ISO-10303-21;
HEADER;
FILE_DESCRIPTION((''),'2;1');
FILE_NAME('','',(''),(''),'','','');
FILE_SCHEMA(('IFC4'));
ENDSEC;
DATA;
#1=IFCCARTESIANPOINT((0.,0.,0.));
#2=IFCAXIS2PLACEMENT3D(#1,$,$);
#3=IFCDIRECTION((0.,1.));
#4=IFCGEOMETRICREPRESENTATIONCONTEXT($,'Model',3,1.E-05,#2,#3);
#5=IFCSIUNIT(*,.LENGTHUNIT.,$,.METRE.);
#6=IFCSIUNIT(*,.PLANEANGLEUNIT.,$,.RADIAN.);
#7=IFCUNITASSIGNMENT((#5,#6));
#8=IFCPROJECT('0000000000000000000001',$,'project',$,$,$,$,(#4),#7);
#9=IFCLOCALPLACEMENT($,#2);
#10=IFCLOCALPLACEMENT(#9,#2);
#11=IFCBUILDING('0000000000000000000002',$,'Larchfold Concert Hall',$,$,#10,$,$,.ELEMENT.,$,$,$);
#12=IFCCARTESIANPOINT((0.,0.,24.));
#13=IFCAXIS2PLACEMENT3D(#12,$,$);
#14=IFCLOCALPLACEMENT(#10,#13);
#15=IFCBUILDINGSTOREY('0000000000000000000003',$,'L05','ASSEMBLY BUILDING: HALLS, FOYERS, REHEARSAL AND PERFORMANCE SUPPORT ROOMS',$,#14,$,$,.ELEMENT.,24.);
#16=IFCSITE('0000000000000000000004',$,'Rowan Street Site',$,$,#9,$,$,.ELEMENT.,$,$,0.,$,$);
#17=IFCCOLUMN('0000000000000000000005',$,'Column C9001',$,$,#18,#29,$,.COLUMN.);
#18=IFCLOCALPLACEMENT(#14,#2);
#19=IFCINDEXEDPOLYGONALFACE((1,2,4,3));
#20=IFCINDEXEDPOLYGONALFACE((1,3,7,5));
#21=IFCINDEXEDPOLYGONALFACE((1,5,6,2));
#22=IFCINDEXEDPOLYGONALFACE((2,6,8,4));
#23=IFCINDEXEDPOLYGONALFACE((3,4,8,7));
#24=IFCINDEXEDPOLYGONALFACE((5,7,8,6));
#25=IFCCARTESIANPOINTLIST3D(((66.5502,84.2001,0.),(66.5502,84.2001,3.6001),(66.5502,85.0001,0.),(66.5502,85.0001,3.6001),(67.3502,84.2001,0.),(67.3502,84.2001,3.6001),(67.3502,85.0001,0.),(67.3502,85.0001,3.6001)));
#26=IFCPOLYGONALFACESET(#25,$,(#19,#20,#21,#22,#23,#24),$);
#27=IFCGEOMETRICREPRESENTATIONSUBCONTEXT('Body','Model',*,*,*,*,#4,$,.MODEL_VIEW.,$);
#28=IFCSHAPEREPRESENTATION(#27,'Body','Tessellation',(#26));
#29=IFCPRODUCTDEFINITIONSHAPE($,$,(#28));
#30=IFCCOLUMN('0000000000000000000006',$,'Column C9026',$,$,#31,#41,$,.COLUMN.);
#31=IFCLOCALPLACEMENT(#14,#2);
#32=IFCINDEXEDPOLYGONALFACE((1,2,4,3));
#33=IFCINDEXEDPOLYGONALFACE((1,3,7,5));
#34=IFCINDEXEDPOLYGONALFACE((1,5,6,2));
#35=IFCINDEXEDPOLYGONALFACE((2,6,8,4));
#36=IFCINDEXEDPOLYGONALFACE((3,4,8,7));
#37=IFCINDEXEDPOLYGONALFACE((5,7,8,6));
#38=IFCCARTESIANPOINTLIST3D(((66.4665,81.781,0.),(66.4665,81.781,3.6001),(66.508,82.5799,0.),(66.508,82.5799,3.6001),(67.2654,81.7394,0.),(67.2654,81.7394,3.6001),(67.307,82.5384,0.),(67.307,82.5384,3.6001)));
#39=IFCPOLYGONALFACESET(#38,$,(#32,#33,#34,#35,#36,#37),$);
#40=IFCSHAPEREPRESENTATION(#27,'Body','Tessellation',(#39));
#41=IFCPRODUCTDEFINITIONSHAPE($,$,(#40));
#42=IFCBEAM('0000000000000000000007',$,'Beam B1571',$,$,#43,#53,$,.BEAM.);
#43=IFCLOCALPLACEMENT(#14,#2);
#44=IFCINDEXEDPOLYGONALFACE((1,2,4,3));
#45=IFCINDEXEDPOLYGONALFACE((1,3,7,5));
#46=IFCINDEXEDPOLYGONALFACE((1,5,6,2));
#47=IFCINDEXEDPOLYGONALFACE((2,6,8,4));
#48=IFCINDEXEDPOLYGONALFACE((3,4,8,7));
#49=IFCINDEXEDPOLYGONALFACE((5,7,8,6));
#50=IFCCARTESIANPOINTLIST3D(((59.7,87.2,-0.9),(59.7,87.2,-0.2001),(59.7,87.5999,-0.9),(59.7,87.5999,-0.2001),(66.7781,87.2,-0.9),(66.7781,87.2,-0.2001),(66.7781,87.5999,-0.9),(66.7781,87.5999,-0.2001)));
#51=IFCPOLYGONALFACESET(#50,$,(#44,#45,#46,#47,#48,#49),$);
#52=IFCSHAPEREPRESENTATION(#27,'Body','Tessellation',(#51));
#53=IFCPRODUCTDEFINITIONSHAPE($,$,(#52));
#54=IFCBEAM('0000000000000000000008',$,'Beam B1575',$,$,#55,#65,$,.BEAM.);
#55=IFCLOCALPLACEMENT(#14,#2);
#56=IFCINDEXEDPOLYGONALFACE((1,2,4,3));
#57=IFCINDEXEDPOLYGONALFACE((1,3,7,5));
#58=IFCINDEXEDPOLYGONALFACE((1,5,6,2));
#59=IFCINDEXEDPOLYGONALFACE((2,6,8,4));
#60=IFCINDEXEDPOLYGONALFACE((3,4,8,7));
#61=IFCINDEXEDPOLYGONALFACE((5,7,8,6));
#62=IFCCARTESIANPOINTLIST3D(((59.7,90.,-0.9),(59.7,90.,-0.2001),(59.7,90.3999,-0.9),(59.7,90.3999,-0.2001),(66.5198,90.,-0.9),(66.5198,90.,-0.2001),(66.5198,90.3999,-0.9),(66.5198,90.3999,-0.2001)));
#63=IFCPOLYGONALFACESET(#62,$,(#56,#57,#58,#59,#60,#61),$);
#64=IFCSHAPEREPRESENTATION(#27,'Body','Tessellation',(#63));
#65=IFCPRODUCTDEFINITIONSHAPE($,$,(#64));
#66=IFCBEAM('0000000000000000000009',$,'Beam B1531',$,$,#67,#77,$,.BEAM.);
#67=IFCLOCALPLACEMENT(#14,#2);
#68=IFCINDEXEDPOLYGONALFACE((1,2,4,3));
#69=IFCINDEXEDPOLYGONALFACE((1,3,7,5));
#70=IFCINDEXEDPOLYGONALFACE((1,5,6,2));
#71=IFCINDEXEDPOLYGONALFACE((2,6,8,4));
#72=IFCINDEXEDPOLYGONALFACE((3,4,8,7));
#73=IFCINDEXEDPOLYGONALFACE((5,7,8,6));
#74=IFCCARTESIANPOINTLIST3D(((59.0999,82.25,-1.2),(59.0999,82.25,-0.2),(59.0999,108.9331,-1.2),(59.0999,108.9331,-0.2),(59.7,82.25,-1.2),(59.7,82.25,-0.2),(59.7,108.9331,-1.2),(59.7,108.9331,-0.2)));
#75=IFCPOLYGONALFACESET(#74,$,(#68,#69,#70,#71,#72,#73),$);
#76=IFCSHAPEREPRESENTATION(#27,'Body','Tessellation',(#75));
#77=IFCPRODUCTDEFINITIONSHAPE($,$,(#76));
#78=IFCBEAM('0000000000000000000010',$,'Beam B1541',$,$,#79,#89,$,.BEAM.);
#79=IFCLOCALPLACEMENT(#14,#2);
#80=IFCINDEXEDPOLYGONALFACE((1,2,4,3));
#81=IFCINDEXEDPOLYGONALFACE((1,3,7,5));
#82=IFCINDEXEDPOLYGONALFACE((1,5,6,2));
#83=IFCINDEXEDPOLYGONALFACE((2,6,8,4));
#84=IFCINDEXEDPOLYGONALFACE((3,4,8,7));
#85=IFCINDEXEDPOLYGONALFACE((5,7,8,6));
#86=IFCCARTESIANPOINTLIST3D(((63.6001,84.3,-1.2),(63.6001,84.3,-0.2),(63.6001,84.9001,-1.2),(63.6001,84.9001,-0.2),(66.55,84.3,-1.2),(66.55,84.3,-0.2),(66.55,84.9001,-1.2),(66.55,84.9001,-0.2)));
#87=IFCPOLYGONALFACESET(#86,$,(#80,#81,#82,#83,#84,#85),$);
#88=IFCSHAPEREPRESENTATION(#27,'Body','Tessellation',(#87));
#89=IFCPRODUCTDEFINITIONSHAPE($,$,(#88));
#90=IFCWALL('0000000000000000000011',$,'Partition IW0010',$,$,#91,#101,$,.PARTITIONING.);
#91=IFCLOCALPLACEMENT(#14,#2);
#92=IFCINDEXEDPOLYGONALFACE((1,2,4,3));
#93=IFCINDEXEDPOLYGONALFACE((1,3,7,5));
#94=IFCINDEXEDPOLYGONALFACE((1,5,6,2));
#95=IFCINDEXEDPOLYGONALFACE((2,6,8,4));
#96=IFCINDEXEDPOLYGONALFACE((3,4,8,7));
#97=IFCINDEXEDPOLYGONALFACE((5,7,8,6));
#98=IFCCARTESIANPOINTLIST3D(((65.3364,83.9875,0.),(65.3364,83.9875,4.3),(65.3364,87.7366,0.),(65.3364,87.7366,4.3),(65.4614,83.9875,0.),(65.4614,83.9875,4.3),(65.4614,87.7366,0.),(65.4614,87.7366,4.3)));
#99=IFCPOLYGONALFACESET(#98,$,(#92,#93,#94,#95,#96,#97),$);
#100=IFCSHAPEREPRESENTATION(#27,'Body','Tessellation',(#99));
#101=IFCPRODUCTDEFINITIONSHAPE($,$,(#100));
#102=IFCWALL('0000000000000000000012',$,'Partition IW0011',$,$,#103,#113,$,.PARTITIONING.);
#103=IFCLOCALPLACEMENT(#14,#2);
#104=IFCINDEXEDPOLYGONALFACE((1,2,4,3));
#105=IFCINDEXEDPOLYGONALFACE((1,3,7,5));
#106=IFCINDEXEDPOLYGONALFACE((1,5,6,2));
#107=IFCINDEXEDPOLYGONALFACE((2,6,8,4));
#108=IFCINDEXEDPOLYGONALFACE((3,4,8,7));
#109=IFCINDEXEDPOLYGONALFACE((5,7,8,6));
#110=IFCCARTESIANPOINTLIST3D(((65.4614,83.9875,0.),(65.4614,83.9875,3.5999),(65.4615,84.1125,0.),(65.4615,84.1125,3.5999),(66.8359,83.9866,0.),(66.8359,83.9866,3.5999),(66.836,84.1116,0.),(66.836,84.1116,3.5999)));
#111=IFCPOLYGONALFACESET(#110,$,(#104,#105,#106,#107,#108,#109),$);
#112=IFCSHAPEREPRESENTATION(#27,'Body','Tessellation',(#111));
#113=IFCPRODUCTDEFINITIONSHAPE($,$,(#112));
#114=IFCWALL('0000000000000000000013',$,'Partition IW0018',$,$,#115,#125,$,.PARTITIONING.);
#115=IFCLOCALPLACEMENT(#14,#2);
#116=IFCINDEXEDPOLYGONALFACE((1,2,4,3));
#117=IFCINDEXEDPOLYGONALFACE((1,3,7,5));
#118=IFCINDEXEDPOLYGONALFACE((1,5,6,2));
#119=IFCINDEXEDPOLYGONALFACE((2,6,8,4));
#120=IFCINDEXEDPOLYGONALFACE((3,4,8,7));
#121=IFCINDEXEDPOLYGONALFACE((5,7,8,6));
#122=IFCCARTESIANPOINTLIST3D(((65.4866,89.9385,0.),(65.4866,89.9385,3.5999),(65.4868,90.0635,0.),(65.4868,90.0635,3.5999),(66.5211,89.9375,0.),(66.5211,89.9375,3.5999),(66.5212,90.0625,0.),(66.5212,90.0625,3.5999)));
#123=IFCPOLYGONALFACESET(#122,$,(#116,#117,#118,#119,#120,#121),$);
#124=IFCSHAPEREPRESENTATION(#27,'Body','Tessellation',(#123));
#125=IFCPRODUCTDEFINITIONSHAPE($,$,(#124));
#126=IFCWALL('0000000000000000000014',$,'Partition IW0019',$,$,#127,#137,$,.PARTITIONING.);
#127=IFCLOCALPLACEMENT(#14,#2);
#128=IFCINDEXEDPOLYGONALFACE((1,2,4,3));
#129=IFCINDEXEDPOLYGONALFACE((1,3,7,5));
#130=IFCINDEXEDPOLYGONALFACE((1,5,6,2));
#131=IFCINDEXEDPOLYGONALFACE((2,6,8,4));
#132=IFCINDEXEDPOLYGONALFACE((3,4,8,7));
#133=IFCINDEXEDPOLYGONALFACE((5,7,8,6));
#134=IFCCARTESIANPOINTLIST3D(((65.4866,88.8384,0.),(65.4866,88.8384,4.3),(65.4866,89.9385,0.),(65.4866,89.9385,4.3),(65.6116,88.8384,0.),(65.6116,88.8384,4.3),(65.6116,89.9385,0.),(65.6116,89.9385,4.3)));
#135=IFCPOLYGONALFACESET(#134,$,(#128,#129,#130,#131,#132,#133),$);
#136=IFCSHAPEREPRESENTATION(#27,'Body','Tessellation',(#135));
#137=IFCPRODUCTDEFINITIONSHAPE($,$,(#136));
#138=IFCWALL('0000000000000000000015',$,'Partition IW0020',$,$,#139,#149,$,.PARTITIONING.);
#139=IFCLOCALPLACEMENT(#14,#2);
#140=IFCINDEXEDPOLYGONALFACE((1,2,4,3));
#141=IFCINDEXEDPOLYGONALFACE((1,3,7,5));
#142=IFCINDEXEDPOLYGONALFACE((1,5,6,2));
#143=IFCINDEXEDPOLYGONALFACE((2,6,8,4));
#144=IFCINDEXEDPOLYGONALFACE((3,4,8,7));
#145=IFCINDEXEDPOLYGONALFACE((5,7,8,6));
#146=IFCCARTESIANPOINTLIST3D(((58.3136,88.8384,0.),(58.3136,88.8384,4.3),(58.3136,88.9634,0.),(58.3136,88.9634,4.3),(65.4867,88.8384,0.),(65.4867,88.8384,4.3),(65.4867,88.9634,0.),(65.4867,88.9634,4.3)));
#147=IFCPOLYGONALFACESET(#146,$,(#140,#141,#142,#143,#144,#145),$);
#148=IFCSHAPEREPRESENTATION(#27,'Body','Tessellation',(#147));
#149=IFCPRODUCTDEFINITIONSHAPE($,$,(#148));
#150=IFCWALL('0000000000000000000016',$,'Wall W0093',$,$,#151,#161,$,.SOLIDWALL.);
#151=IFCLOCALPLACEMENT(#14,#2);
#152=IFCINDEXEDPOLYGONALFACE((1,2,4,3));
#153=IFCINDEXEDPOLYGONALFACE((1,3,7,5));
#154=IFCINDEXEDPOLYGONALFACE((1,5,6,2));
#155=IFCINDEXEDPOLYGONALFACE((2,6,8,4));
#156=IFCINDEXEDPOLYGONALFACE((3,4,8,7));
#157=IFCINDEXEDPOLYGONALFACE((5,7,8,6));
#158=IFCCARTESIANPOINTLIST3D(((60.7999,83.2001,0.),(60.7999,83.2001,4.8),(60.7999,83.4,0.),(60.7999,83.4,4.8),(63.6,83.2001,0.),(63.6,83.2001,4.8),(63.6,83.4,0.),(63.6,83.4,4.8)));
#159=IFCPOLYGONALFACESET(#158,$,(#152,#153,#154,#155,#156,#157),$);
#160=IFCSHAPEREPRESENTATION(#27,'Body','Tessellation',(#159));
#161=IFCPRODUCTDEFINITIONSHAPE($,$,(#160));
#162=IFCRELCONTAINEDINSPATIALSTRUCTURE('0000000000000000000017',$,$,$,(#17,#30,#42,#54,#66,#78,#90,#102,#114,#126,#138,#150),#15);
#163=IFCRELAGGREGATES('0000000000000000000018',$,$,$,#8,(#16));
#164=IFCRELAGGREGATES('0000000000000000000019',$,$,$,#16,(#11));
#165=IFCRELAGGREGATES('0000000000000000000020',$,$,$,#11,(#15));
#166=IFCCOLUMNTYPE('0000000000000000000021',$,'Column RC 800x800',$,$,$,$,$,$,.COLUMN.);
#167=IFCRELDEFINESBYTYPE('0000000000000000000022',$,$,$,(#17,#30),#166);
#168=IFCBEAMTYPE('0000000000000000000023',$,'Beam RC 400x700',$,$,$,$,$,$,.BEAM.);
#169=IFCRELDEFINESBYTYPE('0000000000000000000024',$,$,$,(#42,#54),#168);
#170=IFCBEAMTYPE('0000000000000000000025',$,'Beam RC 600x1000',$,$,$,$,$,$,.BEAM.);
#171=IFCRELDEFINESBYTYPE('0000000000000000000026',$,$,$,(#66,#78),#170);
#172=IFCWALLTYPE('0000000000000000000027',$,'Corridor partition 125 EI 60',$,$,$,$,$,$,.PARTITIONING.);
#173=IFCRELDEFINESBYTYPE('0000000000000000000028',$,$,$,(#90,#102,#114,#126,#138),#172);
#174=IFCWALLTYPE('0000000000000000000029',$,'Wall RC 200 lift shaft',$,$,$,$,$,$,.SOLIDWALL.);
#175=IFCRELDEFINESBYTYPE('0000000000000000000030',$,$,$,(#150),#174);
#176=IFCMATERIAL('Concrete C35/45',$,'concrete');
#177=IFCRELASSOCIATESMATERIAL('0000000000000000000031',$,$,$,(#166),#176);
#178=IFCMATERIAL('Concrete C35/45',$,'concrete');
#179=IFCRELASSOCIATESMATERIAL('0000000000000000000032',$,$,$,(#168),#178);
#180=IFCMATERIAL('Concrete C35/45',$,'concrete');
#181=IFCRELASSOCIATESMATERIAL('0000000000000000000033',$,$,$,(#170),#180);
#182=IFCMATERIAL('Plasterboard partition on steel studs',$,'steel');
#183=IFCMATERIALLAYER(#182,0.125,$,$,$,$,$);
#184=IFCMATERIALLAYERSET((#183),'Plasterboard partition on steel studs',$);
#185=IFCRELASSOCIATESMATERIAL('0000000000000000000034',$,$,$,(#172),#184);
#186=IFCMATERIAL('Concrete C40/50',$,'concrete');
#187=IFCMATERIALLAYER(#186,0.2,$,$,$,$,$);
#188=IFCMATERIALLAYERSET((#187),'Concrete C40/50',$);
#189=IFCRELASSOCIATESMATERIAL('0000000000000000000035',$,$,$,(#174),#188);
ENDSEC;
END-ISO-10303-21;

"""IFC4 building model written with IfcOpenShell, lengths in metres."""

from ifc_helpers import new_model, si_unit, direction, frame, frame_2d, origin, origin_2d, place, context, subcontext, project, spatial, rectangle, extrude, material, layer, layer_set, material_profile, profile_set, type_object, element, save


model = new_model("IFC4")

# Units and contexts
model_context = context("Model", 3, precision=1e-05, world=origin(), true_north=direction((0.0, 1.0)))
body_context = subcontext(model_context, "Body", "Model", "MODEL_VIEW")
ifc_project = project(units=[si_unit("LENGTHUNIT", "METRE"), si_unit("PLANEANGLEUNIT", "RADIAN")], contexts=[model_context])

# Site, building, storey
site_placement = place(None, origin())
site = spatial("IfcSite", under=ifc_project, at=site_placement, Name="Rowan Street Site", CompositionType="ELEMENT", RefElevation=0.0)
building_placement = place(site_placement, origin())
building = spatial("IfcBuilding", under=site, at=building_placement, Name="Larchfold Concert Hall", CompositionType="ELEMENT")
storey_placement = place(building_placement, frame((0.0, 0.0, 24.0)))
storey = spatial("IfcBuildingStorey", under=building, at=storey_placement, Name="L05", Description="ASSEMBLY BUILDING: HALLS, FOYERS, REHEARSAL AND PERFORMANCE SUPPORT ROOMS", CompositionType="ELEMENT", Elevation=24.0)

# Columns
ifc_material_1 = material(Name="Concrete C35/45", Category="concrete")
ifc_material_profile_1 = material_profile(ifc_material_1, rectangle(XDim=0.8, YDim=0.8, at=origin_2d()))
ifc_profile_set_1 = profile_set([ifc_material_profile_1], Name="Concrete C35/45")
column_type = type_object("IfcColumnType", Name="Column RC 800x800", PredefinedType="COLUMN", material=ifc_profile_set_1)
for number, where, z_axis, x_axis, name in (
    (1, (66.9502, 84.6001, 0.0), (0.0, 0.0, 1.0), (1.0, 0.000002, 0.0), "Column C9001"),
    (2, (66.8867, 82.1597, 0.0), (0.0, 0.0, 1.0), (0.05195, 0.99865, 0.0), "Column C9026"),
):
    element("IfcColumn", number, at=place(storey_placement, frame(where, z_axis=z_axis, x_axis=x_axis)), inside=storey, type_object=column_type, Name=name, PredefinedType="COLUMN", context=body_context, shape_type="SweptSolid", body=[
        extrude(rectangle(XDim=0.8, YDim=0.8, at=origin_2d()), origin(), (0.0, 0.0, 1.0), 3.6001),
    ])

# Beams
ifc_material_2 = material(Name="Concrete C35/45", Category="concrete")
ifc_material_profile_2 = material_profile(ifc_material_2, rectangle(XDim=0.3999, YDim=0.7, at=origin_2d()))
ifc_profile_set_2 = profile_set([ifc_material_profile_2], Name="Concrete C35/45")
beam_type_1 = type_object("IfcBeamType", Name="Beam RC 400x700", PredefinedType="BEAM", material=ifc_profile_set_2)
beam_1_placement = place(storey_placement, frame((59.7, 87.3999, -0.55), z_axis=(1.0, 0.0, 0.0), x_axis=(0.0, 1.0, 0.0)))
element("IfcBeam", 3, at=beam_1_placement, inside=storey, type_object=beam_type_1, Name="Beam B1571", PredefinedType="BEAM", context=body_context, shape_type="SweptSolid", body=[
    extrude(rectangle(XDim=0.3999, YDim=0.7, at=origin_2d()), origin(), (0.0, 0.0, 1.0), 7.0781),
])
beam_2_placement = place(storey_placement, frame((59.7, 90.2, -0.55), z_axis=(1.0, 0.0, 0.0), x_axis=(0.0, 1.0, 0.0)))
element("IfcBeam", 4, at=beam_2_placement, inside=storey, type_object=beam_type_1, Name="Beam B1575", PredefinedType="BEAM", context=body_context, shape_type="SweptSolid", body=[
    extrude(rectangle(XDim=0.3999, YDim=0.7, at=origin_2d()), origin(), (0.0, 0.0, 1.0), 6.8198),
])
ifc_material_3 = material(Name="Concrete C35/45", Category="concrete")
ifc_material_profile_3 = material_profile(ifc_material_3, rectangle(XDim=0.6001, YDim=1.0, at=origin_2d()))
ifc_profile_set_3 = profile_set([ifc_material_profile_3], Name="Concrete C35/45")
beam_type_2 = type_object("IfcBeamType", Name="Beam RC 600x1000", PredefinedType="BEAM", material=ifc_profile_set_3)
beam_3_placement = place(storey_placement, frame((59.3999, 82.25, -0.7), z_axis=(0.0, 1.0, 0.0), x_axis=(-1.0, 0.0, 0.0)))
element("IfcBeam", 5, at=beam_3_placement, inside=storey, type_object=beam_type_2, Name="Beam B1531", PredefinedType="BEAM", context=body_context, shape_type="SweptSolid", body=[
    extrude(rectangle(XDim=0.6001, YDim=1.0, at=origin_2d()), origin(), (0.0, 0.0, 1.0), 26.6831),
])
beam_4_placement = place(storey_placement, frame((63.6001, 84.6001, -0.7), z_axis=(1.0, 0.0, 0.0), x_axis=(0.0, 1.0, 0.0)))
element("IfcBeam", 6, at=beam_4_placement, inside=storey, type_object=beam_type_2, Name="Beam B1541", PredefinedType="BEAM", context=body_context, shape_type="SweptSolid", body=[
    extrude(rectangle(XDim=0.6001, YDim=1.0, at=origin_2d()), origin(), (0.0, 0.0, 1.0), 2.95),
])

# Walls
ifc_material_4 = material(Name="Plasterboard partition on steel studs", Category="steel")
ifc_layer_1 = layer(ifc_material_4, 0.125)
ifc_layer_set_1 = layer_set([ifc_layer_1], Name="Plasterboard partition on steel studs")
wall_type_1 = type_object("IfcWallType", Name="Corridor partition 125 EI 60", PredefinedType="PARTITIONING", material=ifc_layer_set_1)
wall_1_placement = place(storey_placement, frame((65.3989, 87.7366, 0.0), z_axis=(0.0, 0.0, 1.0), x_axis=(0.0, -1.0, 0.0)))
element("IfcWall", 7, at=wall_1_placement, inside=storey, type_object=wall_type_1, Name="Partition IW0010", PredefinedType="PARTITIONING", context=body_context, shape_type="SweptSolid", body=[
    extrude(rectangle(XDim=3.749, YDim=0.125, at=frame_2d((1.8745, 0.0))), origin(), (0.0, 0.0, 1.0), 4.3),
])
wall_2_placement = place(storey_placement, frame((65.4614, 84.05, 0.0), z_axis=(0.0, 0.0, 1.0), x_axis=(1.0, -0.00071, 0.0)))
element("IfcWall", 8, at=wall_2_placement, inside=storey, type_object=wall_type_1, Name="Partition IW0011", PredefinedType="PARTITIONING", context=body_context, shape_type="SweptSolid", body=[
    extrude(rectangle(XDim=1.3745, YDim=0.125, at=frame_2d((0.6873, 0.0))), origin(), (0.0, 0.0, 1.0), 3.5999),
])
wall_3_placement = place(storey_placement, frame((66.521, 90.0, 0.0), z_axis=(0.0, 0.0, 1.0), x_axis=(-1.0, 0.000944, 0.0)))
element("IfcWall", 9, at=wall_3_placement, inside=storey, type_object=wall_type_1, Name="Partition IW0018", PredefinedType="PARTITIONING", context=body_context, shape_type="SweptSolid", body=[
    extrude(rectangle(XDim=1.0344, YDim=0.125, at=frame_2d((0.5171, 0.0))), origin(), (0.0, 0.0, 1.0), 3.5999),
])
wall_4_placement = place(storey_placement, frame((65.5491, 89.9385, 0.0), z_axis=(0.0, 0.0, 1.0), x_axis=(0.0, -1.0, 0.0)))
element("IfcWall", 10, at=wall_4_placement, inside=storey, type_object=wall_type_1, Name="Partition IW0019", PredefinedType="PARTITIONING", context=body_context, shape_type="SweptSolid", body=[
    extrude(rectangle(XDim=1.1001, YDim=0.125, at=frame_2d((0.55, 0.0))), origin(), (0.0, 0.0, 1.0), 4.3),
])
wall_5_placement = place(storey_placement, frame((65.4866, 88.9009, 0.0), z_axis=(0.0, 0.0, 1.0), x_axis=(-1.0, 0.0, 0.0)))
element("IfcWall", 11, at=wall_5_placement, inside=storey, type_object=wall_type_1, Name="Partition IW0020", PredefinedType="PARTITIONING", context=body_context, shape_type="SweptSolid", body=[
    extrude(rectangle(XDim=7.1731, YDim=0.125, at=frame_2d((3.5864, 0.0))), origin(), (0.0, 0.0, 1.0), 4.3),
])
ifc_material_5 = material(Name="Concrete C40/50", Category="concrete")
ifc_layer_2 = layer(ifc_material_5, 0.2)
ifc_layer_set_2 = layer_set([ifc_layer_2], Name="Concrete C40/50")
wall_type_2 = type_object("IfcWallType", Name="Wall RC 200 lift shaft", PredefinedType="SOLIDWALL", material=ifc_layer_set_2)
wall_6_placement = place(storey_placement, frame((60.8, 83.3, 0.0), z_axis=(0.0, 0.0, 1.0), x_axis=(1.0, 0.0, 0.0)))
element("IfcWall", 12, at=wall_6_placement, inside=storey, type_object=wall_type_2, Name="Wall W0093", PredefinedType="SOLIDWALL", context=body_context, shape_type="SweptSolid", body=[
    extrude(rectangle(XDim=2.8, YDim=0.2, at=frame_2d((1.3999, 0.0))), origin(), (0.0, 0.0, 1.0), 4.8),
])

save(model, "model.ifc")
